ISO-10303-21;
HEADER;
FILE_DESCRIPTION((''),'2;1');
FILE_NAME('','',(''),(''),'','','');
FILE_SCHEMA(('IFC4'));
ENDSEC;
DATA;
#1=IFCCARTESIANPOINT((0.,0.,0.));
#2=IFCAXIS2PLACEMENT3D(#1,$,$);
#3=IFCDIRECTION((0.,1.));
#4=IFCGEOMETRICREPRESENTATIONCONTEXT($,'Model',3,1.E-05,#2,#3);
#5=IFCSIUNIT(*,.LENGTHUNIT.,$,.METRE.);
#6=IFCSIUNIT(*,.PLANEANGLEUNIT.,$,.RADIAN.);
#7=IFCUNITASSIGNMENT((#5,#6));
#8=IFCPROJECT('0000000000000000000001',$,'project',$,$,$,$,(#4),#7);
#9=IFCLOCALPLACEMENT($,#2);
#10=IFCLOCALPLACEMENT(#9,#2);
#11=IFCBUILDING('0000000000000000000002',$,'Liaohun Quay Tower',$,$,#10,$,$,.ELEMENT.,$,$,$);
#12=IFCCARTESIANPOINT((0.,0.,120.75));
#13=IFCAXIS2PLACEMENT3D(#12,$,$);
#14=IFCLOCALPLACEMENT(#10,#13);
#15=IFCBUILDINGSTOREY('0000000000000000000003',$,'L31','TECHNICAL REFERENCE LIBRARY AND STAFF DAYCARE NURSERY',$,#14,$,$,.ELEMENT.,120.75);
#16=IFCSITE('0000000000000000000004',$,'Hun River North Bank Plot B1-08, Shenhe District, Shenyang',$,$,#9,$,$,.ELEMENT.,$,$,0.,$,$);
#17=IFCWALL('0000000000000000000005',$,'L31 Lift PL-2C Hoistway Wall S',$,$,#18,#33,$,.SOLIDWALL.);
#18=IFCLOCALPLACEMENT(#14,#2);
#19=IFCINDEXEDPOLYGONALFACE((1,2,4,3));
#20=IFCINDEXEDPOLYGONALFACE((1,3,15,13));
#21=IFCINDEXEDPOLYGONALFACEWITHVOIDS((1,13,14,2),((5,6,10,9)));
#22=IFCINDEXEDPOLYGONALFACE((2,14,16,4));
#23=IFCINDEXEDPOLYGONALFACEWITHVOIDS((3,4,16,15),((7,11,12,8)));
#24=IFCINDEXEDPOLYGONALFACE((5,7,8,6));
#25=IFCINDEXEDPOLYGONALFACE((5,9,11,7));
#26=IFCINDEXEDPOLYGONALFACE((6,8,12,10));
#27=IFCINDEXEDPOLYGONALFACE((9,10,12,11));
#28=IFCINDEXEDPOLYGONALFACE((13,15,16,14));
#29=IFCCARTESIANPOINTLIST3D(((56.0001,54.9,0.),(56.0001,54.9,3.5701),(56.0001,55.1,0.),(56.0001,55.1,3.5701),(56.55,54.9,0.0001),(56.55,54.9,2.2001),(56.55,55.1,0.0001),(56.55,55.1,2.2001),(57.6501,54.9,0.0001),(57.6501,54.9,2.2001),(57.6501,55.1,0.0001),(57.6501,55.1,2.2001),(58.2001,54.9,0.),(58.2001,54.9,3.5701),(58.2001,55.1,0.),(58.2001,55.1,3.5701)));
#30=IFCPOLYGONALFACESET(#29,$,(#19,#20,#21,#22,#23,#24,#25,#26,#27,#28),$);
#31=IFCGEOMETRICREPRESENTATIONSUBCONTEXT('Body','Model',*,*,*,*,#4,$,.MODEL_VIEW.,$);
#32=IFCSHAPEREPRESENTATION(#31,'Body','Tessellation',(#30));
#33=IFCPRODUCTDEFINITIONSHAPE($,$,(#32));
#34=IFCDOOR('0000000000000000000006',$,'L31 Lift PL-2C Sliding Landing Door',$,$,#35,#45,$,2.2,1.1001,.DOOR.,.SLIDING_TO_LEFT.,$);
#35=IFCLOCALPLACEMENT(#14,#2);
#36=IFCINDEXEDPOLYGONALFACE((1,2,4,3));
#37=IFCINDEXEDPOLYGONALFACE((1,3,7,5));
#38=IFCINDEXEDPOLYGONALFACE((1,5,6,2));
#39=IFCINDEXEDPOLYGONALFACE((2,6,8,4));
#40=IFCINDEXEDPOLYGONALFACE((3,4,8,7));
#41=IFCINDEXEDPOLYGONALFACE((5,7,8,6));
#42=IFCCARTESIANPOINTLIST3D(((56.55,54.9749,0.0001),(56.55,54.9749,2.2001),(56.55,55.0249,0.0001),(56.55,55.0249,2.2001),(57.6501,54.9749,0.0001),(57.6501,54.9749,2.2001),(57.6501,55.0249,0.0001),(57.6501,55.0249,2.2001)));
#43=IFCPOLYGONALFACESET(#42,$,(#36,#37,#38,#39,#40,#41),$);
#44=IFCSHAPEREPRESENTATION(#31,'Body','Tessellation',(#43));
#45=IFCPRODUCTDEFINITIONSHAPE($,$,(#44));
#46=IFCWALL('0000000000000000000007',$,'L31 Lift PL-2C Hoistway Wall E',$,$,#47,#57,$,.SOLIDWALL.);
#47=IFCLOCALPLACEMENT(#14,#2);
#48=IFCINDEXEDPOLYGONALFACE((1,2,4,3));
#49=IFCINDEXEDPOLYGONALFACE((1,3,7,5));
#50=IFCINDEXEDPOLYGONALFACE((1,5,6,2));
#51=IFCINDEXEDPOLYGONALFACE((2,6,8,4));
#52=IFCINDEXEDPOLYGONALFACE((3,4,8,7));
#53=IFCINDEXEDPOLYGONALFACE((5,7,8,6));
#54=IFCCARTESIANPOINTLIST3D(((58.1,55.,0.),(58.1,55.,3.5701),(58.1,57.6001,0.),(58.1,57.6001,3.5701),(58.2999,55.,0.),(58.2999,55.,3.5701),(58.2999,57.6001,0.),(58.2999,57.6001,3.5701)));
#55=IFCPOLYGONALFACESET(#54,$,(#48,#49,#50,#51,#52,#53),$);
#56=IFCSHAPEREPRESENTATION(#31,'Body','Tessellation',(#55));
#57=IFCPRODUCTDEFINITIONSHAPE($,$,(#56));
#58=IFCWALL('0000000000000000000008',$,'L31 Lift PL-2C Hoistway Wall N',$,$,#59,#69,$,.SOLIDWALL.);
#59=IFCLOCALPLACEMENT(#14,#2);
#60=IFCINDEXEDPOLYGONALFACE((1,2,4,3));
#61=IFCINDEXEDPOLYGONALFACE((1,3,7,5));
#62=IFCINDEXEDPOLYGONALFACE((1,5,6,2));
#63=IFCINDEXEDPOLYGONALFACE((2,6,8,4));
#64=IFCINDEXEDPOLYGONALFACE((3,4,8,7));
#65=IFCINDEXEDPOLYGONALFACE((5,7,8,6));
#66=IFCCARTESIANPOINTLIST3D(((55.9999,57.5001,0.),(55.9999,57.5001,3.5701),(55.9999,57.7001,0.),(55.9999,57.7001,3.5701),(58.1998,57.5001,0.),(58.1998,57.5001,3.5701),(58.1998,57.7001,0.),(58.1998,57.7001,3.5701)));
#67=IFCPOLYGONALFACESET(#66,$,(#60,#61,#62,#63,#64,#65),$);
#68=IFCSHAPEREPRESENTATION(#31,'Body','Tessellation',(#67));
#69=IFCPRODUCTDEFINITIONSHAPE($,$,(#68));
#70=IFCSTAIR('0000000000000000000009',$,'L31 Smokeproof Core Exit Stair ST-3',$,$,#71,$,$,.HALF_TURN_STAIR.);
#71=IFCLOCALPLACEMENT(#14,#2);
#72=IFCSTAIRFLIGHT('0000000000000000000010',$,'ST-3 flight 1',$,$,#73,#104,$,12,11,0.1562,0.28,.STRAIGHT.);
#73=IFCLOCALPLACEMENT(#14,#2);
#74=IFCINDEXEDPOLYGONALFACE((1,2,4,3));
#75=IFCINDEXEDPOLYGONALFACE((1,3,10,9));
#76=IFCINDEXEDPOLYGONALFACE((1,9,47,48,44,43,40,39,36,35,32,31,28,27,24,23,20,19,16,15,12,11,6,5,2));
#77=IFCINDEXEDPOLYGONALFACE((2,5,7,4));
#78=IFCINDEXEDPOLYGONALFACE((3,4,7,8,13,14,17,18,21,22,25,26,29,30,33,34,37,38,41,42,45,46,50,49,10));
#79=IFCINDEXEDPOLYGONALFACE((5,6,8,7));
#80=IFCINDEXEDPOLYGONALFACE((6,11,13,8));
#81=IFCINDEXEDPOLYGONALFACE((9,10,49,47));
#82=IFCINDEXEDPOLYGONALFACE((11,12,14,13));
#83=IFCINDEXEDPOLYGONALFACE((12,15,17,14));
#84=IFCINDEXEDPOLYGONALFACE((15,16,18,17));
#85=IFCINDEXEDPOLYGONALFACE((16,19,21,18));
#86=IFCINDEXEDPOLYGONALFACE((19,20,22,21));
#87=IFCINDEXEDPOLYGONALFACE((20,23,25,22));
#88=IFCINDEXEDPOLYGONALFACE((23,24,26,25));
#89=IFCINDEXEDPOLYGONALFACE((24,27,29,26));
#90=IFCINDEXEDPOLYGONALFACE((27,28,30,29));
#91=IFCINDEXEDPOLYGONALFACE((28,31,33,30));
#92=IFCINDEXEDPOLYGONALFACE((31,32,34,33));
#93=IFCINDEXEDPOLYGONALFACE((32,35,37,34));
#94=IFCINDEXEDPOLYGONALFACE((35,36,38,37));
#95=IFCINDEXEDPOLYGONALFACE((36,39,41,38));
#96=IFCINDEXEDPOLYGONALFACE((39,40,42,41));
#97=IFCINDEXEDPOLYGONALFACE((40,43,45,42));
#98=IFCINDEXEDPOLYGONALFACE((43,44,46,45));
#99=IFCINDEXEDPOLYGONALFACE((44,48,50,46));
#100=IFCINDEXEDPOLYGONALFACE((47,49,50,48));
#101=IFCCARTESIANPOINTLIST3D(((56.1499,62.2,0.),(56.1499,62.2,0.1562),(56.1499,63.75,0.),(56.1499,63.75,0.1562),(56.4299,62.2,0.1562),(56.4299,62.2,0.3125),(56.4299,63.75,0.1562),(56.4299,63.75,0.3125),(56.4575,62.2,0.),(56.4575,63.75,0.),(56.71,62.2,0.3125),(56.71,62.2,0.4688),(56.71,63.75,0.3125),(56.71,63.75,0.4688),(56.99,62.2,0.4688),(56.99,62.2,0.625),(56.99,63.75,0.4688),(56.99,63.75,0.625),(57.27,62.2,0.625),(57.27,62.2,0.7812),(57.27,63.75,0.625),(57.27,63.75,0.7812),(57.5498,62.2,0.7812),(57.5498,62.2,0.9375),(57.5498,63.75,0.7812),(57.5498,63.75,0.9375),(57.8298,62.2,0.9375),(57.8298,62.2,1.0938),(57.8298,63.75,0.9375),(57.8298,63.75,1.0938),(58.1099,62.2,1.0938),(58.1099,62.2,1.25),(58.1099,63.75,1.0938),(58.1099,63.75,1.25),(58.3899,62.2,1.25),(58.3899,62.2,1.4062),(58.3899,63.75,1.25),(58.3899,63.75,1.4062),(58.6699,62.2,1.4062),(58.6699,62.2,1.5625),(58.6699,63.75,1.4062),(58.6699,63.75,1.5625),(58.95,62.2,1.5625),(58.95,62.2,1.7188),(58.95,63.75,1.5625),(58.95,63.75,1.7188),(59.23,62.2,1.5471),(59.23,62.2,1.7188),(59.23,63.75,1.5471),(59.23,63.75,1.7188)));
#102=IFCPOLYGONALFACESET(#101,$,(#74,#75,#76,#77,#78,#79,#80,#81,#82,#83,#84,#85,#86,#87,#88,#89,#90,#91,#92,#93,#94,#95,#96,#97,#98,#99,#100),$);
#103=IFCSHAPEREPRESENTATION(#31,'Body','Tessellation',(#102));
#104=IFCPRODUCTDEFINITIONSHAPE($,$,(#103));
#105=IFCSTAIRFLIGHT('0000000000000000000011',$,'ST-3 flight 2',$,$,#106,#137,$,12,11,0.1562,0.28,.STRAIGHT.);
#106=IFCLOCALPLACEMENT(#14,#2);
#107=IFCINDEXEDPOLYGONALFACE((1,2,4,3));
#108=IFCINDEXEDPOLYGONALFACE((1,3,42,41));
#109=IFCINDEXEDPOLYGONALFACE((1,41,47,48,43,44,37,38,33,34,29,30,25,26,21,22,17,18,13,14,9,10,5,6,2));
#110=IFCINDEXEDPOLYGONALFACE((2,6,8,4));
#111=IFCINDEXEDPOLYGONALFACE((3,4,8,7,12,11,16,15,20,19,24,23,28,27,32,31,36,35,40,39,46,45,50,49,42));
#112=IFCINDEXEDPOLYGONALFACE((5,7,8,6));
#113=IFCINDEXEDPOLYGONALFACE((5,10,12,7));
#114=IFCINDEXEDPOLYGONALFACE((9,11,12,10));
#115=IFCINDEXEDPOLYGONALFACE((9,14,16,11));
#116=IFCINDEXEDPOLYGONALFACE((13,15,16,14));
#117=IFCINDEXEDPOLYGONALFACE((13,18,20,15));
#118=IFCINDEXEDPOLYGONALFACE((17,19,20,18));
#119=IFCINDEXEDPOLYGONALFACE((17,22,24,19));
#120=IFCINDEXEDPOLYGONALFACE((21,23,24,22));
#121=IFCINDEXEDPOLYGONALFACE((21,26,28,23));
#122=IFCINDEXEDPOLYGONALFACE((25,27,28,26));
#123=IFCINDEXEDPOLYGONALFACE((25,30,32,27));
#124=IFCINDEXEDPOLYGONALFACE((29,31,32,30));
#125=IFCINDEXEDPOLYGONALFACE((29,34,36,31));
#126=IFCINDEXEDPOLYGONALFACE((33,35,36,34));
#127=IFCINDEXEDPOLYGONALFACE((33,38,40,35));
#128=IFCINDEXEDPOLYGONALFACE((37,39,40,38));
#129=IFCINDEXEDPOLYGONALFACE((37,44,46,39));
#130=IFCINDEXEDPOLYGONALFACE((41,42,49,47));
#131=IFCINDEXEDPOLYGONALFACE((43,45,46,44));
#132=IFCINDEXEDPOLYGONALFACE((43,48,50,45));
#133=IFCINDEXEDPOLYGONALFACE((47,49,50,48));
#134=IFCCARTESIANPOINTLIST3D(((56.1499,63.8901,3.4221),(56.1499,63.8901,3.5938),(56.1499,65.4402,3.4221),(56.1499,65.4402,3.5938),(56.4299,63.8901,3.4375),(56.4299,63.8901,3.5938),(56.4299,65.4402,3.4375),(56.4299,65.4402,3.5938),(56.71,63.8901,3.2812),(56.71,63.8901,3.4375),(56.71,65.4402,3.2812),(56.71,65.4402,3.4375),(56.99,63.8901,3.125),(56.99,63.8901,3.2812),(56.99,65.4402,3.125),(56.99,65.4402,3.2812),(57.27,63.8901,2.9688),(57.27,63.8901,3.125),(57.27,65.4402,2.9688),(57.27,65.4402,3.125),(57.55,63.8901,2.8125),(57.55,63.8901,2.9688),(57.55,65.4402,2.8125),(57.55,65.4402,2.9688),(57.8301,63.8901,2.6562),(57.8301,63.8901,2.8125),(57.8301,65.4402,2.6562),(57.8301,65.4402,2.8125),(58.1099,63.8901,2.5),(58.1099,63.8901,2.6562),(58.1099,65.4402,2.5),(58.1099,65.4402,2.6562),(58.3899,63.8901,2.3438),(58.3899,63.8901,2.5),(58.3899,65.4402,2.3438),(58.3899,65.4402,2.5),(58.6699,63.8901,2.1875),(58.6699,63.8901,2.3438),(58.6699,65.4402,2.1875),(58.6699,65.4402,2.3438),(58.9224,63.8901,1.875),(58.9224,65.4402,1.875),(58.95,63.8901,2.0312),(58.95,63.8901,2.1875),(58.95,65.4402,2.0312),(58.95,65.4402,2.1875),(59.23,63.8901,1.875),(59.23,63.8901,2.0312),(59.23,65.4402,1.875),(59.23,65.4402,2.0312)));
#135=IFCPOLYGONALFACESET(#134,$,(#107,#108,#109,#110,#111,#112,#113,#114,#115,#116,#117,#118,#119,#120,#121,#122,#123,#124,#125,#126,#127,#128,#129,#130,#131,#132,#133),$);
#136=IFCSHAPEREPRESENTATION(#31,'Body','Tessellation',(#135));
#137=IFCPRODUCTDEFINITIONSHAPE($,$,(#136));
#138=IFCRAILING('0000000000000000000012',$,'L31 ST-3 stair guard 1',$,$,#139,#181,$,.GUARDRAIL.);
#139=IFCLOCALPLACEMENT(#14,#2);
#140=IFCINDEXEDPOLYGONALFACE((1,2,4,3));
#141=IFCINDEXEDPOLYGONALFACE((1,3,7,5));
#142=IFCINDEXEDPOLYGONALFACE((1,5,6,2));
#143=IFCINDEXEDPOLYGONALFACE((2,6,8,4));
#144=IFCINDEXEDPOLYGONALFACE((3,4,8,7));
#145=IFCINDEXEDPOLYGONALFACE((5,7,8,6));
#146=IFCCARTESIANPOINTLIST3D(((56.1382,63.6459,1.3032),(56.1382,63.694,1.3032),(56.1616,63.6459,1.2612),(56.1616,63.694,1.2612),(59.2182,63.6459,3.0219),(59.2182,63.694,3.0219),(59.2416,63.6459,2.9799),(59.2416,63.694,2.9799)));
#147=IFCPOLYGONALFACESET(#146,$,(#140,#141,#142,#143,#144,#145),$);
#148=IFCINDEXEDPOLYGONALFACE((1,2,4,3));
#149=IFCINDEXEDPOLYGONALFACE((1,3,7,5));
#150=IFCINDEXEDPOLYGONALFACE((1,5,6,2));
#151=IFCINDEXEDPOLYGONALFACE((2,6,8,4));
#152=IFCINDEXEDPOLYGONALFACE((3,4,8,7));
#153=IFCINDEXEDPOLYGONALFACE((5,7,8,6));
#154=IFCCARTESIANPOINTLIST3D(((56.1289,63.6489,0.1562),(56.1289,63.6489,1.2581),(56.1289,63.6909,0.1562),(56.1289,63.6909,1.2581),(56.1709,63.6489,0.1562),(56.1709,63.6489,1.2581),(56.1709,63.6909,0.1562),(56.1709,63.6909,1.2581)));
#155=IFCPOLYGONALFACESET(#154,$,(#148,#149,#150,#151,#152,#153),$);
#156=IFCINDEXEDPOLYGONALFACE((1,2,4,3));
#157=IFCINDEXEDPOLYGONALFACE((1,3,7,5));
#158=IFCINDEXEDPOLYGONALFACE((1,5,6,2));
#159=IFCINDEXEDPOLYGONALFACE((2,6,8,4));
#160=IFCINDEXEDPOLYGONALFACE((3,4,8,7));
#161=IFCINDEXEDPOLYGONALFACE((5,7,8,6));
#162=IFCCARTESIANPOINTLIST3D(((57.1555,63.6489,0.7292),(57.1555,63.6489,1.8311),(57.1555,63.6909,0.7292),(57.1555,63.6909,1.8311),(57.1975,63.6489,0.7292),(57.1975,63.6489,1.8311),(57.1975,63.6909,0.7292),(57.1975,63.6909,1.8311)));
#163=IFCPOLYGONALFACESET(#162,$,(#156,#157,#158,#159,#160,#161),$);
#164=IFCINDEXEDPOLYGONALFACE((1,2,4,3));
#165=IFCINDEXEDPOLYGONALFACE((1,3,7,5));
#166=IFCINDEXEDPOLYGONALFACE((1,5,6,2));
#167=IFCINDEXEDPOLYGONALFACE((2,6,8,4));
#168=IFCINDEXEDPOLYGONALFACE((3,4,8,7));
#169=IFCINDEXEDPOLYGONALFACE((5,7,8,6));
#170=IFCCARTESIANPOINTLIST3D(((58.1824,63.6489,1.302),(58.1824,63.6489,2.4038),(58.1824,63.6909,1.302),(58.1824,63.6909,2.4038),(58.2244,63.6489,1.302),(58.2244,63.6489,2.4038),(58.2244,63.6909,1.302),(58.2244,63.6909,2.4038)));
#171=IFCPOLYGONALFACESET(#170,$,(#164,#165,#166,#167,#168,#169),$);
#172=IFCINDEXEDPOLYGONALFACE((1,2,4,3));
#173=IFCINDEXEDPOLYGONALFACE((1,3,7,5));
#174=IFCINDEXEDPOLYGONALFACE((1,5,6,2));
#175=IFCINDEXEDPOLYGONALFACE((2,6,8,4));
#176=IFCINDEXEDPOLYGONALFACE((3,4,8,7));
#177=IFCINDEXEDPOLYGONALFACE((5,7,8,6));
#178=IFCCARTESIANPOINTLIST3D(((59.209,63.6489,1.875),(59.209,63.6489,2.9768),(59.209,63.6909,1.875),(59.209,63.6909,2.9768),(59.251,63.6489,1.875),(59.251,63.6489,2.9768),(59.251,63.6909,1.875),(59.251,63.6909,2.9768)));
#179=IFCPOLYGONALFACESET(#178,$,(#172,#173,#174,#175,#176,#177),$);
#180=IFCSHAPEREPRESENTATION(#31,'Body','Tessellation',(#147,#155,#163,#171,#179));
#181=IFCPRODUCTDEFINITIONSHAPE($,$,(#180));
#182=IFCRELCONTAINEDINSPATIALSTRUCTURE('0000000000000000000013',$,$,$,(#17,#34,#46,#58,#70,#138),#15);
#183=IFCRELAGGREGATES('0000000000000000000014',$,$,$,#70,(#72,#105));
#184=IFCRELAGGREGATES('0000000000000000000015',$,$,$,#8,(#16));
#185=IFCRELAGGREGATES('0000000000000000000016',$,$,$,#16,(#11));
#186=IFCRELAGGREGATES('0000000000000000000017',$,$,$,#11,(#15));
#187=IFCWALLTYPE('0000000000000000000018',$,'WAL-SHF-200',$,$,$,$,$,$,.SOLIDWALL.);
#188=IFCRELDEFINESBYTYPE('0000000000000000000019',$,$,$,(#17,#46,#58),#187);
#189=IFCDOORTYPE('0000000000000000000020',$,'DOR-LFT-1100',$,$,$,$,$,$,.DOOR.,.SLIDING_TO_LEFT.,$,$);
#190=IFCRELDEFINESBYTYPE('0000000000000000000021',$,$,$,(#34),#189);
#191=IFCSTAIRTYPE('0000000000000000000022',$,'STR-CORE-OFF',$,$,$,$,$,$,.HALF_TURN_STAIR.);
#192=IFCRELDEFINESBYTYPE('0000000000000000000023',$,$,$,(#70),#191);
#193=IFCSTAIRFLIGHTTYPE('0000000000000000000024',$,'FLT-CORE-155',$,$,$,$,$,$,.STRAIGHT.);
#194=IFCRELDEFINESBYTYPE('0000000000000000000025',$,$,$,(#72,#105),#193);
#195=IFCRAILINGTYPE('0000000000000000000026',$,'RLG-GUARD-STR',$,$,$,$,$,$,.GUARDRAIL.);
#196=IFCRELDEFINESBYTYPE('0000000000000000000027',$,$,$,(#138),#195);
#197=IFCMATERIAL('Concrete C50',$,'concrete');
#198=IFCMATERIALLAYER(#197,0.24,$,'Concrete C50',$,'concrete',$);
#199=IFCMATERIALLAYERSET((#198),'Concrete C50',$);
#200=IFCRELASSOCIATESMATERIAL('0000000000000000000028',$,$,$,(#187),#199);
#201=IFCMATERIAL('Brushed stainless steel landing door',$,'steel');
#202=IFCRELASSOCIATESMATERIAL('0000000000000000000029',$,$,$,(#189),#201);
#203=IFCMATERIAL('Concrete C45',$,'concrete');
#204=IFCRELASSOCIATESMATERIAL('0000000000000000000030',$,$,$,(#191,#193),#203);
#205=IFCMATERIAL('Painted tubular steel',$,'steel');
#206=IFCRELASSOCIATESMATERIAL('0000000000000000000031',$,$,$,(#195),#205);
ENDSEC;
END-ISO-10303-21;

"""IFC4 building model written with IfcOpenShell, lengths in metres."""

from ifc_helpers import new_model, si_unit, direction, frame, frame_2d, origin, origin_2d, place, context, subcontext, project, spatial, polyline, rectangle, outline, extrude, source, transform, mapped, material, layer, layer_set, type_object, element, fill, aggregate, save


model = new_model("IFC4")

# Units and contexts
model_context = context("Model", 3, precision=1e-05, world=origin(), true_north=direction((0.0, 1.0)))
body_context = subcontext(model_context, "Body", "Model", "MODEL_VIEW")
ifc_project = project(units=[si_unit("LENGTHUNIT", "METRE"), si_unit("PLANEANGLEUNIT", "RADIAN")], contexts=[model_context])

# Site, building, storey
site_placement = place(None, origin())
site = spatial("IfcSite", under=ifc_project, at=site_placement, Name="Hun River North Bank Plot B1-08, Shenhe District, Shenyang", CompositionType="ELEMENT", RefElevation=0.0)
building_placement = place(site_placement, origin())
building = spatial("IfcBuilding", under=site, at=building_placement, Name="Liaohun Quay Tower", CompositionType="ELEMENT")
storey_placement = place(building_placement, frame((0.0, 0.0, 120.75)))
storey = spatial("IfcBuildingStorey", under=building, at=storey_placement, Name="L31", Description="TECHNICAL REFERENCE LIBRARY AND STAFF DAYCARE NURSERY", CompositionType="ELEMENT", Elevation=120.75)

# Shared definitions
ifc_material_1 = material(Name="Concrete C50", Category="concrete")
ifc_layer_1 = layer(ifc_material_1, 0.24, Name="Concrete C50", Category="concrete")
ifc_layer_set_1 = layer_set([ifc_layer_1], Name="Concrete C50")
wall_type_1 = type_object("IfcWallType", Name="WAL-SHF-200", PredefinedType="SOLIDWALL", material=ifc_layer_set_1)

# Wall, opening, door
wall_1_placement = place(storey_placement, frame((56.0, 55.0, 0.0), z_axis=(0.0, 0.0, 1.0), x_axis=(1.0, 0.0, 0.0)))
wall_1 = element("IfcWall", 1, at=wall_1_placement, inside=storey, type_object=wall_type_1, Name="L31 Lift PL-2C Hoistway Wall S", PredefinedType="SOLIDWALL", context=body_context, shape_type="SweptSolid", body=[
    extrude(rectangle(XDim=2.2, YDim=0.2, at=frame_2d((1.1001, 0.0))), origin(), (0.0, 0.0, 1.0), 3.5701),
])
shared_shape_1 = source(origin(), body_context, "Body", "SweptSolid", [
    extrude(rectangle(XDim=1.1001, YDim=2.2, at=frame_2d((0.55, 1.1001))), frame((0.0, 0.1099, 0.0), z_axis=(0.0, -1.0, 0.0), x_axis=(1.0, 0.0, 0.0)), (0.0, 0.0, 1.0), 0.22),
])
opening_1_placement = place(wall_1_placement, frame((0.55, 0.0, 0.0)))
opening_1 = element("IfcOpeningElement", 2, at=opening_1_placement, cuts=wall_1, PredefinedType="OPENING", context=body_context, shape_type="MappedRepresentation", body=[
    mapped(shared_shape_1, transform((0.0, 0.0, 0.0), x_axis=(1.0, 0.0, 0.0), y_axis=(0.0, 1.0, 0.0), z_axis=(0.0, 0.0, 1.0), scale=1.0)),
])
ifc_material_2 = material(Name="Brushed stainless steel landing door", Category="steel")
door_type_1 = type_object("IfcDoorType", Name="DOR-LFT-1100", OperationType="SLIDING_TO_LEFT", PredefinedType="DOOR", material=ifc_material_2)
shared_shape_2 = source(origin(), body_context, "Body", "SweptSolid", [
    extrude(rectangle(XDim=1.1001, YDim=2.2, at=frame_2d((0.55, 1.1001))), frame((0.0, 0.0249, 0.0), z_axis=(0.0, -1.0, 0.0), x_axis=(1.0, 0.0, 0.0)), (0.0, 0.0, 1.0), 0.05),
])
door_1_placement = place(opening_1_placement, origin())
door_1 = element("IfcDoor", 3, at=door_1_placement, inside=storey, type_object=door_type_1, Name="L31 Lift PL-2C Sliding Landing Door", OperationType="SLIDING_TO_LEFT", OverallHeight=2.2, OverallWidth=1.1001, PredefinedType="DOOR", context=body_context, shape_type="MappedRepresentation", body=[
    mapped(shared_shape_2, transform((0.0, 0.0, 0.0), x_axis=(1.0, 0.0, 0.0), y_axis=(0.0, 1.0, 0.0), z_axis=(0.0, 0.0, 1.0), scale=1.0)),
])
fill(opening_1, door_1)

# Walls
wall_2_placement = place(storey_placement, frame((58.2, 55.0, 0.0), z_axis=(0.0, 0.0, 1.0), x_axis=(0.0, 1.0, 0.0)))
element("IfcWall", 4, at=wall_2_placement, inside=storey, type_object=wall_type_1, Name="L31 Lift PL-2C Hoistway Wall E", PredefinedType="SOLIDWALL", context=body_context, shape_type="SweptSolid", body=[
    extrude(rectangle(XDim=2.6001, YDim=0.2, at=frame_2d((1.3, 0.0))), origin(), (0.0, 0.0, 1.0), 3.5701),
])
wall_3_placement = place(storey_placement, frame((58.2, 57.6001, 0.0), z_axis=(0.0, 0.0, 1.0), x_axis=(-1.0, 0.0, 0.0)))
element("IfcWall", 5, at=wall_3_placement, inside=storey, type_object=wall_type_1, Name="L31 Lift PL-2C Hoistway Wall N", PredefinedType="SOLIDWALL", context=body_context, shape_type="SweptSolid", body=[
    extrude(rectangle(XDim=2.2, YDim=0.2, at=frame_2d((1.1001, 0.0))), origin(), (0.0, 0.0, 1.0), 3.5701),
])

# Stair, stair flights
ifc_material_3 = material(Name="Concrete C45", Category="concrete")
stair_type = type_object("IfcStairType", Name="STR-CORE-OFF", PredefinedType="HALF_TURN_STAIR", material=ifc_material_3)
stair_placement = place(storey_placement, origin())
stair = element("IfcStair", 6, at=stair_placement, inside=storey, type_object=stair_type, Name="L31 Smokeproof Core Exit Stair ST-3", PredefinedType="HALF_TURN_STAIR")
stair_flight_type = type_object("IfcStairFlightType", Name="FLT-CORE-155", PredefinedType="STRAIGHT", material=ifc_material_3)
stair_flight_1_placement = place(storey_placement, frame((56.1499, 62.9751, 0.0), z_axis=(0.0, 0.0, 1.0), x_axis=(1.0, 0.0, 0.0)))
stair_flight_1 = element("IfcStairFlight", 7, at=stair_flight_1_placement, type_object=stair_flight_type, Name="ST-3 flight 1", NumberOfRisers=12, NumberOfTreads=11, PredefinedType="STRAIGHT", RiserHeight=0.1562, TreadLength=0.28, context=body_context, shape_type="SweptSolid", body=[
    extrude(outline(polyline([(0.0, 0.0), (0.0, 0.1562), (0.28, 0.1562), (0.28, 0.3125), (0.5601, 0.3125), (0.5601, 0.4688), (0.8401, 0.4688), (0.8401, 0.625), (1.1201, 0.625), (1.1201, 0.7812), (1.3999, 0.7812), (1.3999, 0.9375), (1.6799, 0.9375), (1.6799, 1.0938), (1.96, 1.0938), (1.96, 1.25), (2.24, 1.25), (2.24, 1.4062), (2.52, 1.4062), (2.52, 1.5625), (2.8, 1.5625), (2.8, 1.7188), (3.0801, 1.7188), (3.0801, 1.875), (3.0801, 1.5471), (0.3076, 0.0), (0.0, 0.0)])), frame((0.0, 0.7749, 0.0), z_axis=(0.0, -1.0, 0.0), x_axis=(1.0, 0.0, 0.0)), (0.0, 0.0, 1.0), 1.55),
])
stair_flight_2_placement = place(storey_placement, frame((59.23, 64.665, 1.875), z_axis=(0.0, 0.0, 1.0), x_axis=(-1.0, 0.0, 0.0)))
stair_flight_2 = element("IfcStairFlight", 8, at=stair_flight_2_placement, type_object=stair_flight_type, Name="ST-3 flight 2", NumberOfRisers=12, NumberOfTreads=11, PredefinedType="STRAIGHT", RiserHeight=0.1562, TreadLength=0.28, context=body_context, shape_type="SweptSolid", body=[
    extrude(outline(polyline([(0.0, 0.0), (0.0, 0.1562), (0.28, 0.1562), (0.28, 0.3125), (0.5601, 0.3125), (0.5601, 0.4688), (0.8401, 0.4688), (0.8401, 0.625), (1.1201, 0.625), (1.1201, 0.7812), (1.3999, 0.7812), (1.3999, 0.9375), (1.6799, 0.9375), (1.6799, 1.0938), (1.96, 1.0938), (1.96, 1.25), (2.24, 1.25), (2.24, 1.4062), (2.52, 1.4062), (2.52, 1.5625), (2.8, 1.5625), (2.8, 1.7188), (3.0801, 1.7188), (3.0801, 1.875), (3.0801, 1.5471), (0.3076, 0.0), (0.0, 0.0)])), frame((0.0, 0.7749, 0.0), z_axis=(0.0, -1.0, 0.0), x_axis=(1.0, 0.0, 0.0)), (0.0, 0.0, 1.0), 1.55),
])
aggregate(stair, [stair_flight_1, stair_flight_2])

# Railing
ifc_material_4 = material(Name="Painted tubular steel", Category="steel")
railing_type_1 = type_object("IfcRailingType", Name="RLG-GUARD-STR", PredefinedType="GUARDRAIL", material=ifc_material_4)
railing_1_placement = place(storey_placement, frame((56.1499, 63.6699, 0.1562)))
element("IfcRailing", 9, at=railing_1_placement, inside=storey, type_object=railing_type_1, Name="L31 ST-3 stair guard 1", PredefinedType="GUARDRAIL", context=body_context, shape_type="SweptSolid", body=[
    extrude(rectangle(XDim=0.0481, YDim=0.0481, at=origin_2d()), frame((0.0, 0.0, 1.126), z_axis=(0.873242, 0.0, 0.487288), x_axis=(0.0, 1.0, 0.0)), (0.0, 0.0, 1.0), 3.5271),
    extrude(rectangle(XDim=0.042, YDim=0.042, at=origin_2d()), origin(), (0.0, 0.0, 1.0), 1.1018),
    extrude(rectangle(XDim=0.042, YDim=0.042, at=origin_2d()), frame((1.0266, 0.0, 0.573)), (0.0, 0.0, 1.0), 1.1018),
    extrude(rectangle(XDim=0.042, YDim=0.042, at=origin_2d()), frame((2.0535, 0.0, 1.1458)), (0.0, 0.0, 1.0), 1.1018),
    extrude(rectangle(XDim=0.042, YDim=0.042, at=origin_2d()), frame((3.0801, 0.0, 1.7188)), (0.0, 0.0, 1.0), 1.1018),
])

save(model, "model.ifc")
